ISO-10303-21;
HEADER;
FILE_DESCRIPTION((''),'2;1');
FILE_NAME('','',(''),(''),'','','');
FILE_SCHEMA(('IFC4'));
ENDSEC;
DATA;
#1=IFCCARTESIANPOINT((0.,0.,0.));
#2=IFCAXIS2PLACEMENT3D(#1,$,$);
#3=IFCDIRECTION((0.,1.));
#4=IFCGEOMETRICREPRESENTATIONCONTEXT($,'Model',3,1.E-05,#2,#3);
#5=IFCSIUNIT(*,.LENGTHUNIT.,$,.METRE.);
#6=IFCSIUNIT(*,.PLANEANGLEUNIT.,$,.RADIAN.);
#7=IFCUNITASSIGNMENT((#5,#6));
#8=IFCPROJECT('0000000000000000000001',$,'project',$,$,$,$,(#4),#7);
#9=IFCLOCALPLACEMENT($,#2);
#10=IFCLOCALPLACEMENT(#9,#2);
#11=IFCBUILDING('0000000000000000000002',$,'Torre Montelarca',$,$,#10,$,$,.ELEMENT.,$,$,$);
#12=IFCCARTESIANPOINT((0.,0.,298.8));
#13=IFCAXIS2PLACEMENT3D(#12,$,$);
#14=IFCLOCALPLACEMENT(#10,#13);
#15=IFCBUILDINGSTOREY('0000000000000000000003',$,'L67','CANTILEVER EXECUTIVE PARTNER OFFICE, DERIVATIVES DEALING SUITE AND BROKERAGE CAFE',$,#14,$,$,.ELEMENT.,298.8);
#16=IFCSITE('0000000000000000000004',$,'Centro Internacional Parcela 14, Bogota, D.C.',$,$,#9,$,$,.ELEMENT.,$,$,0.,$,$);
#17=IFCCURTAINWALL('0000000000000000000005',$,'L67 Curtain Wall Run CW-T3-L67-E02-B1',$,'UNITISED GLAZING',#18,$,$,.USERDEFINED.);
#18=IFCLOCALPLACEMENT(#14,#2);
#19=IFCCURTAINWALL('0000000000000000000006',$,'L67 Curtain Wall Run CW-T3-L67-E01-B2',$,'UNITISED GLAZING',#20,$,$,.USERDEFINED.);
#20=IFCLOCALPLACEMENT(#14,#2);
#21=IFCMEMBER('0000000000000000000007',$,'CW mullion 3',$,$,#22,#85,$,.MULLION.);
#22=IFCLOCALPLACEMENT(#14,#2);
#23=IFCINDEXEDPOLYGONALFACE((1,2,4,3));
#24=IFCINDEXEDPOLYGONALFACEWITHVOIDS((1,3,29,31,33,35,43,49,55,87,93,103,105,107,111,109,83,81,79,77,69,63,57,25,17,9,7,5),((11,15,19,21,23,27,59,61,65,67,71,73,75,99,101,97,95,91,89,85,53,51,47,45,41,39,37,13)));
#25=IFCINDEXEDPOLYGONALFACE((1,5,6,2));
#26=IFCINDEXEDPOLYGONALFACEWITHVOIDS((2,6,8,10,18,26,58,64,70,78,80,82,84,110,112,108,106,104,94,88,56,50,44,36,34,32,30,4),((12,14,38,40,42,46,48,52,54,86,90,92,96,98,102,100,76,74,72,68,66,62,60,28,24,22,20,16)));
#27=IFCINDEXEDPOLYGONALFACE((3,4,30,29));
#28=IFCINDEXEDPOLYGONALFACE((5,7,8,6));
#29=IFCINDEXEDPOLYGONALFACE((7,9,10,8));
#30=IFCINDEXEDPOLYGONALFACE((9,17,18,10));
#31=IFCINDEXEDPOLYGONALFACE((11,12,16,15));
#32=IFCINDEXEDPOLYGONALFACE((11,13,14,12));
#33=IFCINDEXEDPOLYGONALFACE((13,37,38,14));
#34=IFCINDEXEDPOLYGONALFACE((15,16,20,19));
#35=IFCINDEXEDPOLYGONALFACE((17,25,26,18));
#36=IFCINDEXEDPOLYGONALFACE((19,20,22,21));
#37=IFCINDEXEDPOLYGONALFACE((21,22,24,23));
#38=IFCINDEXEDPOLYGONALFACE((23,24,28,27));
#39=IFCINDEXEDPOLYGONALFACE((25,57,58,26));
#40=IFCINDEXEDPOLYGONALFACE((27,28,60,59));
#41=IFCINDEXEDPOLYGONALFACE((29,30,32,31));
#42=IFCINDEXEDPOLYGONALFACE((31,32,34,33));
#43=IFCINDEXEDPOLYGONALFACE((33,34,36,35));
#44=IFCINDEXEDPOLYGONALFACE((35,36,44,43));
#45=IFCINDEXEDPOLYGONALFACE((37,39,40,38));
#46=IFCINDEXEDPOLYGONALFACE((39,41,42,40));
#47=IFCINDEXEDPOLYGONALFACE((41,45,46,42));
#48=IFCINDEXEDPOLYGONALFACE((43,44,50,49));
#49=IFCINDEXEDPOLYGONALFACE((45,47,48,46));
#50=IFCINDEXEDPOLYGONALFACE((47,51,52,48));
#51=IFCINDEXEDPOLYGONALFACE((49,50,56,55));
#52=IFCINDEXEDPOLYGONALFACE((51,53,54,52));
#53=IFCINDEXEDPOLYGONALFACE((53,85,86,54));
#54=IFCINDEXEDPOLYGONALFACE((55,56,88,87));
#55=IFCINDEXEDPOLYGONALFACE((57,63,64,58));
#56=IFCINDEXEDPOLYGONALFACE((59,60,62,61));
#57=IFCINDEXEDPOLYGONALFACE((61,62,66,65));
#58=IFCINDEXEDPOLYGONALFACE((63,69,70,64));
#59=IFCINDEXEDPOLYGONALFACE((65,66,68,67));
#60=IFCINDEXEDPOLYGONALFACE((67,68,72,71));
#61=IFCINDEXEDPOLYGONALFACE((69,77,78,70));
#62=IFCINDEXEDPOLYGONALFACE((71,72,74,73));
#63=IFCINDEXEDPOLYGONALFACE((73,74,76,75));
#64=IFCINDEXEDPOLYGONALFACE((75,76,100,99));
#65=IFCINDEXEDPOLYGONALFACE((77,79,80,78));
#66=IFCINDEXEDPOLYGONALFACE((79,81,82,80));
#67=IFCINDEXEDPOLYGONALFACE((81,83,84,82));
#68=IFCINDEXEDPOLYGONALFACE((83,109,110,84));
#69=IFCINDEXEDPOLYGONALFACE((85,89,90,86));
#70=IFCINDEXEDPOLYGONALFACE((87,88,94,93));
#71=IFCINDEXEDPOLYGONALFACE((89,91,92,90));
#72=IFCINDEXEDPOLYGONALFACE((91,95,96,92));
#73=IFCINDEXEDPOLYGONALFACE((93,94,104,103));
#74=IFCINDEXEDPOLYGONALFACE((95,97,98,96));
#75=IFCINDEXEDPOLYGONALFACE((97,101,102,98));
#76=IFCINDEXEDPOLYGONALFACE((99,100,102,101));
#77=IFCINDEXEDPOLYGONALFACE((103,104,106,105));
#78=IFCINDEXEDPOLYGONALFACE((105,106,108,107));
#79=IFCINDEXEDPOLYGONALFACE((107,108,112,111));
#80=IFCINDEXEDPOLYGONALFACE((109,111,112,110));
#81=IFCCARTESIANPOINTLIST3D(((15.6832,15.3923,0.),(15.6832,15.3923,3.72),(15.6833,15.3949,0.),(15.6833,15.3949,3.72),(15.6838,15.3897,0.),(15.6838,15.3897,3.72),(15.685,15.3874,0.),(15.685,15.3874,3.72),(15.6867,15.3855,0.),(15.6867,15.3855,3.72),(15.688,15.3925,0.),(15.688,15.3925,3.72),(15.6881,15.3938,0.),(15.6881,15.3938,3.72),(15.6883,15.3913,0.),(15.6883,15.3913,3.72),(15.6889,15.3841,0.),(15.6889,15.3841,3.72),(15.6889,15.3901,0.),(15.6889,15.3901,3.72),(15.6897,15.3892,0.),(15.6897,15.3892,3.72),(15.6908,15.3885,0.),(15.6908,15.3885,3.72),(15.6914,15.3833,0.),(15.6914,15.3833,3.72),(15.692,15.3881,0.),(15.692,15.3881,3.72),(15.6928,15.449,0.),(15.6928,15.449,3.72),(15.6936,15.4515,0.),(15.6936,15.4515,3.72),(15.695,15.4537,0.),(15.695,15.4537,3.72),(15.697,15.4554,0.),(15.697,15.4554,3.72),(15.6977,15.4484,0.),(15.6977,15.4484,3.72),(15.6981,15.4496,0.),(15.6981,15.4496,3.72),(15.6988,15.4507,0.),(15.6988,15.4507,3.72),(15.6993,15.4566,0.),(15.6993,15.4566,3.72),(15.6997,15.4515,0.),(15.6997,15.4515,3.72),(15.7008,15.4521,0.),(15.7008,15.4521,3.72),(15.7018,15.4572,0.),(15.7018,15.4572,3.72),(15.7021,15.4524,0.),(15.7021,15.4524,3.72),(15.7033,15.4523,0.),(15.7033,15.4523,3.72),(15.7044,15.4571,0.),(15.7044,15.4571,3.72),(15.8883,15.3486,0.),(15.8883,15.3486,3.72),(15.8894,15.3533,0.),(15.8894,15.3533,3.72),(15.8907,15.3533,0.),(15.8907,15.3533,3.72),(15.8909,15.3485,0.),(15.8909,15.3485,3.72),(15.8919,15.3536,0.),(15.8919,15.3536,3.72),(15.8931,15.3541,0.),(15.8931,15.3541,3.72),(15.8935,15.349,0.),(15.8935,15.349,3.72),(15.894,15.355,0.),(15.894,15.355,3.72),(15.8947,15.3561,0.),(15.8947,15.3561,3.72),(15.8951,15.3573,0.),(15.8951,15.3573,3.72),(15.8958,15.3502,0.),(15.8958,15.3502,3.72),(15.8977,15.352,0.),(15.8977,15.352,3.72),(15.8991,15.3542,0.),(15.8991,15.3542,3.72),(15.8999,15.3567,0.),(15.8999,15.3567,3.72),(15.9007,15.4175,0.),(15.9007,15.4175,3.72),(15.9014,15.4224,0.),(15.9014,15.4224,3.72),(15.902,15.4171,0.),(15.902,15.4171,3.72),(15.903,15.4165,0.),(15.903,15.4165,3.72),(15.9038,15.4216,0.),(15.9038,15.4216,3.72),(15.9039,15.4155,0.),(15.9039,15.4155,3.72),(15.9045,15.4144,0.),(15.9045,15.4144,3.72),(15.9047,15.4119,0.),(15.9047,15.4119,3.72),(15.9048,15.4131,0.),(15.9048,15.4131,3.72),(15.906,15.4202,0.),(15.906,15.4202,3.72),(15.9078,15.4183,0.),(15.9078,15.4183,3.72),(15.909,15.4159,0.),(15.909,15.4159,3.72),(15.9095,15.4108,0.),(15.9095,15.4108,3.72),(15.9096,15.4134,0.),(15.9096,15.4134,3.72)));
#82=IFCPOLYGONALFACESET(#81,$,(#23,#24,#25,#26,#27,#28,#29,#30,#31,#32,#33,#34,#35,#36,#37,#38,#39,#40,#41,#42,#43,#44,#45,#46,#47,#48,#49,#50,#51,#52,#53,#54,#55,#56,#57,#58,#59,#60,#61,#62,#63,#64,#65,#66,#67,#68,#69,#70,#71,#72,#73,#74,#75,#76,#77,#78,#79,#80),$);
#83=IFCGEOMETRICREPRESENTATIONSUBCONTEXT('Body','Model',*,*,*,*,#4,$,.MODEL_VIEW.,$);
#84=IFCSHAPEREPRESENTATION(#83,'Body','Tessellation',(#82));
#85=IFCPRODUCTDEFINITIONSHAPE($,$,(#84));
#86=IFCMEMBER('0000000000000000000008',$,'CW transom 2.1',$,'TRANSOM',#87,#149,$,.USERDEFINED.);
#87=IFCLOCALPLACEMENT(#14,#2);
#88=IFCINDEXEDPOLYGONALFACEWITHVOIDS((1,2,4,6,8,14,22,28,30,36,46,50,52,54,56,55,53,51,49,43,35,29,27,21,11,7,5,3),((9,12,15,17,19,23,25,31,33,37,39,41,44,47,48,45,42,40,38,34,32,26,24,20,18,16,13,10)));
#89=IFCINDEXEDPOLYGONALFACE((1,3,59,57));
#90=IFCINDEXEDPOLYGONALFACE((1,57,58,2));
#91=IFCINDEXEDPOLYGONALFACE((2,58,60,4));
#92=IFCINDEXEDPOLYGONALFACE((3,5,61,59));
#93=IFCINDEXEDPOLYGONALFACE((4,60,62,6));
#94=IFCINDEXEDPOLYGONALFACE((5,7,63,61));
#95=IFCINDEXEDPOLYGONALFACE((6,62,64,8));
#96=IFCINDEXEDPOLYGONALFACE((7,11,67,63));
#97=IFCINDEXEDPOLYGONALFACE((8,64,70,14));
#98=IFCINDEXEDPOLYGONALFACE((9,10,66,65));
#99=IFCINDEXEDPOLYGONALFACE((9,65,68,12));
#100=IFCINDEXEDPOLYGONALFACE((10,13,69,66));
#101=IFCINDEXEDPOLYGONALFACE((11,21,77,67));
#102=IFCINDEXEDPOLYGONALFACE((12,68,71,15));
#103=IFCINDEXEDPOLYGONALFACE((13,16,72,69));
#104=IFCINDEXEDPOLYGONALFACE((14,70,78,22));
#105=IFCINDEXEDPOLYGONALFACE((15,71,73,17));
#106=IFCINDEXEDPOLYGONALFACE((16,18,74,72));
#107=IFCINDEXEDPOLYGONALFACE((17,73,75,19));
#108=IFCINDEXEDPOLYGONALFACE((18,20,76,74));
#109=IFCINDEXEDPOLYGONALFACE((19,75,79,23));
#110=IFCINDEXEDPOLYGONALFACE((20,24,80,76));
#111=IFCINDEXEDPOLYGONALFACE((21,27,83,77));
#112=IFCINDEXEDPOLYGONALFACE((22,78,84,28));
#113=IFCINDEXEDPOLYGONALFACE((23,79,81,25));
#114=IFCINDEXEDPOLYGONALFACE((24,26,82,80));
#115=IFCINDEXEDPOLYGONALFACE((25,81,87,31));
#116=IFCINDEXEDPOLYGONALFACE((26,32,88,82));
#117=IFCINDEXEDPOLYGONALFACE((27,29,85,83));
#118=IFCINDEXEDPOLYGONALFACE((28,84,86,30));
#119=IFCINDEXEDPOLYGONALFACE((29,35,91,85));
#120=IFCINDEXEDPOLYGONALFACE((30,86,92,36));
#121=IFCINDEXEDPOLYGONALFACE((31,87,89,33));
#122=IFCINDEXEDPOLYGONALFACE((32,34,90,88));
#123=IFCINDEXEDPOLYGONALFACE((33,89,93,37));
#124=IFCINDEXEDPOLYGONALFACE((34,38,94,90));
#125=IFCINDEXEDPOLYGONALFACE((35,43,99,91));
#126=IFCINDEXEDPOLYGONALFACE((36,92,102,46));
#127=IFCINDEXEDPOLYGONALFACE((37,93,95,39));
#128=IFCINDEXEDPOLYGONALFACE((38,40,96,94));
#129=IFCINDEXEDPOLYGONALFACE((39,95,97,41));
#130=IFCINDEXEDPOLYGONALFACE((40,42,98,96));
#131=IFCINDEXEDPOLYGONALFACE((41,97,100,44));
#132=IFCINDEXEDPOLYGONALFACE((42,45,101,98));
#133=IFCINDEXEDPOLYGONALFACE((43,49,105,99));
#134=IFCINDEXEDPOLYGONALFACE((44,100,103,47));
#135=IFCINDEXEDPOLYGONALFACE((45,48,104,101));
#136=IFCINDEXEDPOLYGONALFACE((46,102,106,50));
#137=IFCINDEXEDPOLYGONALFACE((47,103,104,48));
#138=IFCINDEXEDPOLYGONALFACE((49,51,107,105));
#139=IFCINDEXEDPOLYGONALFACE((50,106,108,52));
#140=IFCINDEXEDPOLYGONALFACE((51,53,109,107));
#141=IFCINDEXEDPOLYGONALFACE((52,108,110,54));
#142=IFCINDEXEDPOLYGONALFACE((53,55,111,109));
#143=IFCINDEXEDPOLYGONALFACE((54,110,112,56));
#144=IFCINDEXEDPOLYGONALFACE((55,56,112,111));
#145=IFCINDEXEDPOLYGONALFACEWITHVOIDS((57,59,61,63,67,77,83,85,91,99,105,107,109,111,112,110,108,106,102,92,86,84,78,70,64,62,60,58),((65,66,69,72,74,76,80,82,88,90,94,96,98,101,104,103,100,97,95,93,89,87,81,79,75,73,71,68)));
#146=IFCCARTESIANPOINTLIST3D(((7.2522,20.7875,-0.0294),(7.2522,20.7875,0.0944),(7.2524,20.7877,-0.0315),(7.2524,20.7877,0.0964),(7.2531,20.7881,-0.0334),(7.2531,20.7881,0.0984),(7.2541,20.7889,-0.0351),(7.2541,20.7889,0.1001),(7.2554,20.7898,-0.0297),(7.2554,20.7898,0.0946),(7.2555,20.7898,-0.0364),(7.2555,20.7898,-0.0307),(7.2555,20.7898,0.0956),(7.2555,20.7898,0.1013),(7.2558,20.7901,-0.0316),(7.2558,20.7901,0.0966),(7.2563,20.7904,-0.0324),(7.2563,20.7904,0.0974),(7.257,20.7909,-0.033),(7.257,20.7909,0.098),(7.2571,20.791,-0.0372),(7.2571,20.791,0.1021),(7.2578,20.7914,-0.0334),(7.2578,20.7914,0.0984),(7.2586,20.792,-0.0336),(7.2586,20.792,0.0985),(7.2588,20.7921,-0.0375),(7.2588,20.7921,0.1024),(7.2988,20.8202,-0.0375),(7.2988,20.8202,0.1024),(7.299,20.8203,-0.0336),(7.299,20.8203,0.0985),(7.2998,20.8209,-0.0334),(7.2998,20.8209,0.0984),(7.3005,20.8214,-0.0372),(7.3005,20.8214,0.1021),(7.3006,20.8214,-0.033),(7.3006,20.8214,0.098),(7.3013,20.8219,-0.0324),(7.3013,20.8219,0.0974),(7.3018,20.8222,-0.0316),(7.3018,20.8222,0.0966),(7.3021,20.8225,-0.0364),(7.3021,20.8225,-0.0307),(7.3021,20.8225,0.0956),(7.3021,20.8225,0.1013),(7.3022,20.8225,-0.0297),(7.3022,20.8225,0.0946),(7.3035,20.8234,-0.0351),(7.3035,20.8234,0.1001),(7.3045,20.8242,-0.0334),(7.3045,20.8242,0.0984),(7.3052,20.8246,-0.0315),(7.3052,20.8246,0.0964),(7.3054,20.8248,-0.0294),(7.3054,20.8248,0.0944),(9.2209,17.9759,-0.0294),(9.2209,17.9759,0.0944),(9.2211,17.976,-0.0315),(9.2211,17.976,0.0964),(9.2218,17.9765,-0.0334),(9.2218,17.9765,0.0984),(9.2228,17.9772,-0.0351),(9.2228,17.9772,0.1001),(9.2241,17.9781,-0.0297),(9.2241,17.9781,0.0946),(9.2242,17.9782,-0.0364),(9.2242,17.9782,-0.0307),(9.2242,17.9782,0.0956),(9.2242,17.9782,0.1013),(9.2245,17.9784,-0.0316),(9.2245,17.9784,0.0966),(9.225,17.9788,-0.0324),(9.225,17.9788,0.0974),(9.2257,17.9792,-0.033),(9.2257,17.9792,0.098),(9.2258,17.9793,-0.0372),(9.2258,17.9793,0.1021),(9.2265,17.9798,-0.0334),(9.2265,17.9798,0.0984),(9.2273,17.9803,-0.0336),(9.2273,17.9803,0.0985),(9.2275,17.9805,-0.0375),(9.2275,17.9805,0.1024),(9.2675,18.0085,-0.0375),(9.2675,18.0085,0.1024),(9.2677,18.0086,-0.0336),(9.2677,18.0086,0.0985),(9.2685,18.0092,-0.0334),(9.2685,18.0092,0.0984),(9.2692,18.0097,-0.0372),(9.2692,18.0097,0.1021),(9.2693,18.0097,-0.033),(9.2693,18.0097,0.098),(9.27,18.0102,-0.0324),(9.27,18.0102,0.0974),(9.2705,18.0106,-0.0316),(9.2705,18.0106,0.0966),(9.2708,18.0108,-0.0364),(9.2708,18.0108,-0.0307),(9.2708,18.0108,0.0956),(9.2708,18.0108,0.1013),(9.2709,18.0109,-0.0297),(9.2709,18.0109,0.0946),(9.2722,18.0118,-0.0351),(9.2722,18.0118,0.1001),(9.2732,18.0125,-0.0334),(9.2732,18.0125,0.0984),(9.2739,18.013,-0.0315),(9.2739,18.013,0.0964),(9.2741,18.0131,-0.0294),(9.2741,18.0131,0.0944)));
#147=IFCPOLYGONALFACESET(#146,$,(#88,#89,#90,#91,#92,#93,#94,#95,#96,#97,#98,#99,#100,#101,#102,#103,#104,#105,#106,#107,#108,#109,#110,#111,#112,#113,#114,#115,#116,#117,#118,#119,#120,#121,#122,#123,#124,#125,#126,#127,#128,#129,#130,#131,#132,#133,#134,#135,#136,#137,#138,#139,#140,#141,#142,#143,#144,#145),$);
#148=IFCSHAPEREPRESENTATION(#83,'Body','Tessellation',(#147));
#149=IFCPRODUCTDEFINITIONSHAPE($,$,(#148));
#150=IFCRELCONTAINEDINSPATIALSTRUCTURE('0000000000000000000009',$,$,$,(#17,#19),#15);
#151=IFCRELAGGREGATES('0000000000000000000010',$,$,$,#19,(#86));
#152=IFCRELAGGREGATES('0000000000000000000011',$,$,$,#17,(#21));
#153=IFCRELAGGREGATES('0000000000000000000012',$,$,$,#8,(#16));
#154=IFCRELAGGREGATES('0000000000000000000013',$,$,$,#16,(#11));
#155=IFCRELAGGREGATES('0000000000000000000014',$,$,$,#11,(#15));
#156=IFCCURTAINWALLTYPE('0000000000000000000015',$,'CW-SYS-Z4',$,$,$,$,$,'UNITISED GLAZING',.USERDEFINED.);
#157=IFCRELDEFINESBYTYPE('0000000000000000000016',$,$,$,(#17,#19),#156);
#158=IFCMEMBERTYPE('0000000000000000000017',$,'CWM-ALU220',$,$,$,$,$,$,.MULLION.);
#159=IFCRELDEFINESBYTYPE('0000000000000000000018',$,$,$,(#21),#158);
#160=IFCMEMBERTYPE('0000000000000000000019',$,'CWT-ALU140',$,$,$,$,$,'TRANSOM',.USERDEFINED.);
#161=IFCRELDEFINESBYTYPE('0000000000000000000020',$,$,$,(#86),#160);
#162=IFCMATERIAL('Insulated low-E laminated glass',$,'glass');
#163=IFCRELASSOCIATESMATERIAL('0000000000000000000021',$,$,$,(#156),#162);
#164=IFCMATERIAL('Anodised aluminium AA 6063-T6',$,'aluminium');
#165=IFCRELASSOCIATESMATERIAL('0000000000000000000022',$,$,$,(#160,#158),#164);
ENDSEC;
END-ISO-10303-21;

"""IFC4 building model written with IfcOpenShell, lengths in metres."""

from ifc_helpers import new_model, si_unit, direction, frame, origin, origin_2d, place, context, subcontext, project, spatial, hollow_rectangle, extrude, source, transform, mapped, material, material_profile, profile_set, type_object, element, aggregate, save


model = new_model("IFC4")

# Units and contexts
model_context = context("Model", 3, precision=1e-05, world=origin(), true_north=direction((0.0, 1.0)))
body_context = subcontext(model_context, "Body", "Model", "MODEL_VIEW")
ifc_project = project(units=[si_unit("LENGTHUNIT", "METRE"), si_unit("PLANEANGLEUNIT", "RADIAN")], contexts=[model_context])

# Site, building, storey
site_placement = place(None, origin())
site = spatial("IfcSite", under=ifc_project, at=site_placement, Name="Centro Internacional Parcela 14, Bogota, D.C.", CompositionType="ELEMENT", RefElevation=0.0)
building_placement = place(site_placement, origin())
building = spatial("IfcBuilding", under=site, at=building_placement, Name="Torre Montelarca", CompositionType="ELEMENT")
storey_placement = place(building_placement, frame((0.0, 0.0, 298.8)))
storey = spatial("IfcBuildingStorey", under=building, at=storey_placement, Name="L67", Description="CANTILEVER EXECUTIVE PARTNER OFFICE, DERIVATIVES DEALING SUITE AND BROKERAGE CAFE", CompositionType="ELEMENT", Elevation=298.8)

# Curtain walls
ifc_material_1 = material(Name="Insulated low-E laminated glass", Category="glass")
curtain_wall_type = type_object("IfcCurtainWallType", Name="CW-SYS-Z4", ElementType="UNITISED GLAZING", PredefinedType="USERDEFINED", material=ifc_material_1)
curtain_wall_1_placement = place(storey_placement, origin())
curtain_wall_1 = element("IfcCurtainWall", 1, at=curtain_wall_1_placement, inside=storey, type_object=curtain_wall_type, Name="L67 Curtain Wall Run CW-T3-L67-E02-B1", ObjectType="UNITISED GLAZING", PredefinedType="USERDEFINED")
ifc_material_2 = material(Name="Anodised aluminium AA 6063-T6", Category="aluminium")
ifc_material_profile_1 = material_profile(ifc_material_2, hollow_rectangle(XDim=0.0649, YDim=0.1399, WallThickness=0.0039, InnerFilletRadius=0.0039, OuterFilletRadius=0.0081, at=origin_2d()), Name="ALU65X140X4", Category="aluminium")
ifc_profile_set_1 = profile_set([ifc_material_profile_1], Name="Anodised aluminium AA 6063-T6")
member_type_1 = type_object("IfcMemberType", Name="CWT-ALU140", ElementType="TRANSOM", PredefinedType="USERDEFINED", material=ifc_profile_set_1)
curtain_wall_2_placement = place(storey_placement, origin())
curtain_wall_2 = element("IfcCurtainWall", 2, at=curtain_wall_2_placement, inside=storey, type_object=curtain_wall_type, Name="L67 Curtain Wall Run CW-T3-L67-E01-B2", ObjectType="UNITISED GLAZING", PredefinedType="USERDEFINED")
ifc_material_profile_2 = material_profile(ifc_material_2, hollow_rectangle(XDim=0.075, YDim=0.22, WallThickness=0.0049, InnerFilletRadius=0.0049, OuterFilletRadius=0.01, at=origin_2d()), Name="ALU75X220X5", Category="aluminium")
ifc_profile_set_2 = profile_set([ifc_material_profile_2], Name="Anodised aluminium AA 6063-T6")
member_type_2 = type_object("IfcMemberType", Name="CWM-ALU220", PredefinedType="MULLION", material=ifc_profile_set_2)
shared_shape_1 = source(origin(), body_context, "Body", "SweptSolid", [
    extrude(hollow_rectangle(XDim=0.075, YDim=0.22, WallThickness=0.0049, InnerFilletRadius=0.0049, OuterFilletRadius=0.01, at=origin_2d()), origin(), (0.0, 0.0, 1.0), 3.72),
])

# Members
member_1_placement = place(storey_placement, frame((15.7964, 15.4028, 0.0), z_axis=(0.0, 0.0, 1.0), x_axis=(0.173642, 0.984809, 0.0)))
member_1 = element("IfcMember", 3, at=member_1_placement, type_object=member_type_2, Name="CW mullion 3", PredefinedType="MULLION", context=body_context, shape_type="MappedRepresentation", body=[
    mapped(shared_shape_1, transform((0.0, 0.0, 0.0), scale=1.0)),
])
shared_shape_2 = source(origin(), body_context, "Body", "SweptSolid", [
    extrude(hollow_rectangle(XDim=0.0649, YDim=0.1399, WallThickness=0.0039, InnerFilletRadius=0.0039, OuterFilletRadius=0.0081, at=origin_2d()), origin(), (0.0, 0.0, 1.0), 3.4324),
])
member_2_placement = place(storey_placement, frame((7.2788, 20.8062, 0.0325), z_axis=(0.573563, -0.819162, 0.0), x_axis=(0.819162, 0.573563, 0.0)))
member_2 = element("IfcMember", 4, at=member_2_placement, type_object=member_type_1, Name="CW transom 2.1", ObjectType="TRANSOM", PredefinedType="USERDEFINED", context=body_context, shape_type="MappedRepresentation", body=[
    mapped(shared_shape_2, transform((0.0, 0.0, 0.0), scale=1.0)),
])

aggregate(curtain_wall_2, [member_2])
aggregate(curtain_wall_1, [member_1])

save(model, "model.ifc")
